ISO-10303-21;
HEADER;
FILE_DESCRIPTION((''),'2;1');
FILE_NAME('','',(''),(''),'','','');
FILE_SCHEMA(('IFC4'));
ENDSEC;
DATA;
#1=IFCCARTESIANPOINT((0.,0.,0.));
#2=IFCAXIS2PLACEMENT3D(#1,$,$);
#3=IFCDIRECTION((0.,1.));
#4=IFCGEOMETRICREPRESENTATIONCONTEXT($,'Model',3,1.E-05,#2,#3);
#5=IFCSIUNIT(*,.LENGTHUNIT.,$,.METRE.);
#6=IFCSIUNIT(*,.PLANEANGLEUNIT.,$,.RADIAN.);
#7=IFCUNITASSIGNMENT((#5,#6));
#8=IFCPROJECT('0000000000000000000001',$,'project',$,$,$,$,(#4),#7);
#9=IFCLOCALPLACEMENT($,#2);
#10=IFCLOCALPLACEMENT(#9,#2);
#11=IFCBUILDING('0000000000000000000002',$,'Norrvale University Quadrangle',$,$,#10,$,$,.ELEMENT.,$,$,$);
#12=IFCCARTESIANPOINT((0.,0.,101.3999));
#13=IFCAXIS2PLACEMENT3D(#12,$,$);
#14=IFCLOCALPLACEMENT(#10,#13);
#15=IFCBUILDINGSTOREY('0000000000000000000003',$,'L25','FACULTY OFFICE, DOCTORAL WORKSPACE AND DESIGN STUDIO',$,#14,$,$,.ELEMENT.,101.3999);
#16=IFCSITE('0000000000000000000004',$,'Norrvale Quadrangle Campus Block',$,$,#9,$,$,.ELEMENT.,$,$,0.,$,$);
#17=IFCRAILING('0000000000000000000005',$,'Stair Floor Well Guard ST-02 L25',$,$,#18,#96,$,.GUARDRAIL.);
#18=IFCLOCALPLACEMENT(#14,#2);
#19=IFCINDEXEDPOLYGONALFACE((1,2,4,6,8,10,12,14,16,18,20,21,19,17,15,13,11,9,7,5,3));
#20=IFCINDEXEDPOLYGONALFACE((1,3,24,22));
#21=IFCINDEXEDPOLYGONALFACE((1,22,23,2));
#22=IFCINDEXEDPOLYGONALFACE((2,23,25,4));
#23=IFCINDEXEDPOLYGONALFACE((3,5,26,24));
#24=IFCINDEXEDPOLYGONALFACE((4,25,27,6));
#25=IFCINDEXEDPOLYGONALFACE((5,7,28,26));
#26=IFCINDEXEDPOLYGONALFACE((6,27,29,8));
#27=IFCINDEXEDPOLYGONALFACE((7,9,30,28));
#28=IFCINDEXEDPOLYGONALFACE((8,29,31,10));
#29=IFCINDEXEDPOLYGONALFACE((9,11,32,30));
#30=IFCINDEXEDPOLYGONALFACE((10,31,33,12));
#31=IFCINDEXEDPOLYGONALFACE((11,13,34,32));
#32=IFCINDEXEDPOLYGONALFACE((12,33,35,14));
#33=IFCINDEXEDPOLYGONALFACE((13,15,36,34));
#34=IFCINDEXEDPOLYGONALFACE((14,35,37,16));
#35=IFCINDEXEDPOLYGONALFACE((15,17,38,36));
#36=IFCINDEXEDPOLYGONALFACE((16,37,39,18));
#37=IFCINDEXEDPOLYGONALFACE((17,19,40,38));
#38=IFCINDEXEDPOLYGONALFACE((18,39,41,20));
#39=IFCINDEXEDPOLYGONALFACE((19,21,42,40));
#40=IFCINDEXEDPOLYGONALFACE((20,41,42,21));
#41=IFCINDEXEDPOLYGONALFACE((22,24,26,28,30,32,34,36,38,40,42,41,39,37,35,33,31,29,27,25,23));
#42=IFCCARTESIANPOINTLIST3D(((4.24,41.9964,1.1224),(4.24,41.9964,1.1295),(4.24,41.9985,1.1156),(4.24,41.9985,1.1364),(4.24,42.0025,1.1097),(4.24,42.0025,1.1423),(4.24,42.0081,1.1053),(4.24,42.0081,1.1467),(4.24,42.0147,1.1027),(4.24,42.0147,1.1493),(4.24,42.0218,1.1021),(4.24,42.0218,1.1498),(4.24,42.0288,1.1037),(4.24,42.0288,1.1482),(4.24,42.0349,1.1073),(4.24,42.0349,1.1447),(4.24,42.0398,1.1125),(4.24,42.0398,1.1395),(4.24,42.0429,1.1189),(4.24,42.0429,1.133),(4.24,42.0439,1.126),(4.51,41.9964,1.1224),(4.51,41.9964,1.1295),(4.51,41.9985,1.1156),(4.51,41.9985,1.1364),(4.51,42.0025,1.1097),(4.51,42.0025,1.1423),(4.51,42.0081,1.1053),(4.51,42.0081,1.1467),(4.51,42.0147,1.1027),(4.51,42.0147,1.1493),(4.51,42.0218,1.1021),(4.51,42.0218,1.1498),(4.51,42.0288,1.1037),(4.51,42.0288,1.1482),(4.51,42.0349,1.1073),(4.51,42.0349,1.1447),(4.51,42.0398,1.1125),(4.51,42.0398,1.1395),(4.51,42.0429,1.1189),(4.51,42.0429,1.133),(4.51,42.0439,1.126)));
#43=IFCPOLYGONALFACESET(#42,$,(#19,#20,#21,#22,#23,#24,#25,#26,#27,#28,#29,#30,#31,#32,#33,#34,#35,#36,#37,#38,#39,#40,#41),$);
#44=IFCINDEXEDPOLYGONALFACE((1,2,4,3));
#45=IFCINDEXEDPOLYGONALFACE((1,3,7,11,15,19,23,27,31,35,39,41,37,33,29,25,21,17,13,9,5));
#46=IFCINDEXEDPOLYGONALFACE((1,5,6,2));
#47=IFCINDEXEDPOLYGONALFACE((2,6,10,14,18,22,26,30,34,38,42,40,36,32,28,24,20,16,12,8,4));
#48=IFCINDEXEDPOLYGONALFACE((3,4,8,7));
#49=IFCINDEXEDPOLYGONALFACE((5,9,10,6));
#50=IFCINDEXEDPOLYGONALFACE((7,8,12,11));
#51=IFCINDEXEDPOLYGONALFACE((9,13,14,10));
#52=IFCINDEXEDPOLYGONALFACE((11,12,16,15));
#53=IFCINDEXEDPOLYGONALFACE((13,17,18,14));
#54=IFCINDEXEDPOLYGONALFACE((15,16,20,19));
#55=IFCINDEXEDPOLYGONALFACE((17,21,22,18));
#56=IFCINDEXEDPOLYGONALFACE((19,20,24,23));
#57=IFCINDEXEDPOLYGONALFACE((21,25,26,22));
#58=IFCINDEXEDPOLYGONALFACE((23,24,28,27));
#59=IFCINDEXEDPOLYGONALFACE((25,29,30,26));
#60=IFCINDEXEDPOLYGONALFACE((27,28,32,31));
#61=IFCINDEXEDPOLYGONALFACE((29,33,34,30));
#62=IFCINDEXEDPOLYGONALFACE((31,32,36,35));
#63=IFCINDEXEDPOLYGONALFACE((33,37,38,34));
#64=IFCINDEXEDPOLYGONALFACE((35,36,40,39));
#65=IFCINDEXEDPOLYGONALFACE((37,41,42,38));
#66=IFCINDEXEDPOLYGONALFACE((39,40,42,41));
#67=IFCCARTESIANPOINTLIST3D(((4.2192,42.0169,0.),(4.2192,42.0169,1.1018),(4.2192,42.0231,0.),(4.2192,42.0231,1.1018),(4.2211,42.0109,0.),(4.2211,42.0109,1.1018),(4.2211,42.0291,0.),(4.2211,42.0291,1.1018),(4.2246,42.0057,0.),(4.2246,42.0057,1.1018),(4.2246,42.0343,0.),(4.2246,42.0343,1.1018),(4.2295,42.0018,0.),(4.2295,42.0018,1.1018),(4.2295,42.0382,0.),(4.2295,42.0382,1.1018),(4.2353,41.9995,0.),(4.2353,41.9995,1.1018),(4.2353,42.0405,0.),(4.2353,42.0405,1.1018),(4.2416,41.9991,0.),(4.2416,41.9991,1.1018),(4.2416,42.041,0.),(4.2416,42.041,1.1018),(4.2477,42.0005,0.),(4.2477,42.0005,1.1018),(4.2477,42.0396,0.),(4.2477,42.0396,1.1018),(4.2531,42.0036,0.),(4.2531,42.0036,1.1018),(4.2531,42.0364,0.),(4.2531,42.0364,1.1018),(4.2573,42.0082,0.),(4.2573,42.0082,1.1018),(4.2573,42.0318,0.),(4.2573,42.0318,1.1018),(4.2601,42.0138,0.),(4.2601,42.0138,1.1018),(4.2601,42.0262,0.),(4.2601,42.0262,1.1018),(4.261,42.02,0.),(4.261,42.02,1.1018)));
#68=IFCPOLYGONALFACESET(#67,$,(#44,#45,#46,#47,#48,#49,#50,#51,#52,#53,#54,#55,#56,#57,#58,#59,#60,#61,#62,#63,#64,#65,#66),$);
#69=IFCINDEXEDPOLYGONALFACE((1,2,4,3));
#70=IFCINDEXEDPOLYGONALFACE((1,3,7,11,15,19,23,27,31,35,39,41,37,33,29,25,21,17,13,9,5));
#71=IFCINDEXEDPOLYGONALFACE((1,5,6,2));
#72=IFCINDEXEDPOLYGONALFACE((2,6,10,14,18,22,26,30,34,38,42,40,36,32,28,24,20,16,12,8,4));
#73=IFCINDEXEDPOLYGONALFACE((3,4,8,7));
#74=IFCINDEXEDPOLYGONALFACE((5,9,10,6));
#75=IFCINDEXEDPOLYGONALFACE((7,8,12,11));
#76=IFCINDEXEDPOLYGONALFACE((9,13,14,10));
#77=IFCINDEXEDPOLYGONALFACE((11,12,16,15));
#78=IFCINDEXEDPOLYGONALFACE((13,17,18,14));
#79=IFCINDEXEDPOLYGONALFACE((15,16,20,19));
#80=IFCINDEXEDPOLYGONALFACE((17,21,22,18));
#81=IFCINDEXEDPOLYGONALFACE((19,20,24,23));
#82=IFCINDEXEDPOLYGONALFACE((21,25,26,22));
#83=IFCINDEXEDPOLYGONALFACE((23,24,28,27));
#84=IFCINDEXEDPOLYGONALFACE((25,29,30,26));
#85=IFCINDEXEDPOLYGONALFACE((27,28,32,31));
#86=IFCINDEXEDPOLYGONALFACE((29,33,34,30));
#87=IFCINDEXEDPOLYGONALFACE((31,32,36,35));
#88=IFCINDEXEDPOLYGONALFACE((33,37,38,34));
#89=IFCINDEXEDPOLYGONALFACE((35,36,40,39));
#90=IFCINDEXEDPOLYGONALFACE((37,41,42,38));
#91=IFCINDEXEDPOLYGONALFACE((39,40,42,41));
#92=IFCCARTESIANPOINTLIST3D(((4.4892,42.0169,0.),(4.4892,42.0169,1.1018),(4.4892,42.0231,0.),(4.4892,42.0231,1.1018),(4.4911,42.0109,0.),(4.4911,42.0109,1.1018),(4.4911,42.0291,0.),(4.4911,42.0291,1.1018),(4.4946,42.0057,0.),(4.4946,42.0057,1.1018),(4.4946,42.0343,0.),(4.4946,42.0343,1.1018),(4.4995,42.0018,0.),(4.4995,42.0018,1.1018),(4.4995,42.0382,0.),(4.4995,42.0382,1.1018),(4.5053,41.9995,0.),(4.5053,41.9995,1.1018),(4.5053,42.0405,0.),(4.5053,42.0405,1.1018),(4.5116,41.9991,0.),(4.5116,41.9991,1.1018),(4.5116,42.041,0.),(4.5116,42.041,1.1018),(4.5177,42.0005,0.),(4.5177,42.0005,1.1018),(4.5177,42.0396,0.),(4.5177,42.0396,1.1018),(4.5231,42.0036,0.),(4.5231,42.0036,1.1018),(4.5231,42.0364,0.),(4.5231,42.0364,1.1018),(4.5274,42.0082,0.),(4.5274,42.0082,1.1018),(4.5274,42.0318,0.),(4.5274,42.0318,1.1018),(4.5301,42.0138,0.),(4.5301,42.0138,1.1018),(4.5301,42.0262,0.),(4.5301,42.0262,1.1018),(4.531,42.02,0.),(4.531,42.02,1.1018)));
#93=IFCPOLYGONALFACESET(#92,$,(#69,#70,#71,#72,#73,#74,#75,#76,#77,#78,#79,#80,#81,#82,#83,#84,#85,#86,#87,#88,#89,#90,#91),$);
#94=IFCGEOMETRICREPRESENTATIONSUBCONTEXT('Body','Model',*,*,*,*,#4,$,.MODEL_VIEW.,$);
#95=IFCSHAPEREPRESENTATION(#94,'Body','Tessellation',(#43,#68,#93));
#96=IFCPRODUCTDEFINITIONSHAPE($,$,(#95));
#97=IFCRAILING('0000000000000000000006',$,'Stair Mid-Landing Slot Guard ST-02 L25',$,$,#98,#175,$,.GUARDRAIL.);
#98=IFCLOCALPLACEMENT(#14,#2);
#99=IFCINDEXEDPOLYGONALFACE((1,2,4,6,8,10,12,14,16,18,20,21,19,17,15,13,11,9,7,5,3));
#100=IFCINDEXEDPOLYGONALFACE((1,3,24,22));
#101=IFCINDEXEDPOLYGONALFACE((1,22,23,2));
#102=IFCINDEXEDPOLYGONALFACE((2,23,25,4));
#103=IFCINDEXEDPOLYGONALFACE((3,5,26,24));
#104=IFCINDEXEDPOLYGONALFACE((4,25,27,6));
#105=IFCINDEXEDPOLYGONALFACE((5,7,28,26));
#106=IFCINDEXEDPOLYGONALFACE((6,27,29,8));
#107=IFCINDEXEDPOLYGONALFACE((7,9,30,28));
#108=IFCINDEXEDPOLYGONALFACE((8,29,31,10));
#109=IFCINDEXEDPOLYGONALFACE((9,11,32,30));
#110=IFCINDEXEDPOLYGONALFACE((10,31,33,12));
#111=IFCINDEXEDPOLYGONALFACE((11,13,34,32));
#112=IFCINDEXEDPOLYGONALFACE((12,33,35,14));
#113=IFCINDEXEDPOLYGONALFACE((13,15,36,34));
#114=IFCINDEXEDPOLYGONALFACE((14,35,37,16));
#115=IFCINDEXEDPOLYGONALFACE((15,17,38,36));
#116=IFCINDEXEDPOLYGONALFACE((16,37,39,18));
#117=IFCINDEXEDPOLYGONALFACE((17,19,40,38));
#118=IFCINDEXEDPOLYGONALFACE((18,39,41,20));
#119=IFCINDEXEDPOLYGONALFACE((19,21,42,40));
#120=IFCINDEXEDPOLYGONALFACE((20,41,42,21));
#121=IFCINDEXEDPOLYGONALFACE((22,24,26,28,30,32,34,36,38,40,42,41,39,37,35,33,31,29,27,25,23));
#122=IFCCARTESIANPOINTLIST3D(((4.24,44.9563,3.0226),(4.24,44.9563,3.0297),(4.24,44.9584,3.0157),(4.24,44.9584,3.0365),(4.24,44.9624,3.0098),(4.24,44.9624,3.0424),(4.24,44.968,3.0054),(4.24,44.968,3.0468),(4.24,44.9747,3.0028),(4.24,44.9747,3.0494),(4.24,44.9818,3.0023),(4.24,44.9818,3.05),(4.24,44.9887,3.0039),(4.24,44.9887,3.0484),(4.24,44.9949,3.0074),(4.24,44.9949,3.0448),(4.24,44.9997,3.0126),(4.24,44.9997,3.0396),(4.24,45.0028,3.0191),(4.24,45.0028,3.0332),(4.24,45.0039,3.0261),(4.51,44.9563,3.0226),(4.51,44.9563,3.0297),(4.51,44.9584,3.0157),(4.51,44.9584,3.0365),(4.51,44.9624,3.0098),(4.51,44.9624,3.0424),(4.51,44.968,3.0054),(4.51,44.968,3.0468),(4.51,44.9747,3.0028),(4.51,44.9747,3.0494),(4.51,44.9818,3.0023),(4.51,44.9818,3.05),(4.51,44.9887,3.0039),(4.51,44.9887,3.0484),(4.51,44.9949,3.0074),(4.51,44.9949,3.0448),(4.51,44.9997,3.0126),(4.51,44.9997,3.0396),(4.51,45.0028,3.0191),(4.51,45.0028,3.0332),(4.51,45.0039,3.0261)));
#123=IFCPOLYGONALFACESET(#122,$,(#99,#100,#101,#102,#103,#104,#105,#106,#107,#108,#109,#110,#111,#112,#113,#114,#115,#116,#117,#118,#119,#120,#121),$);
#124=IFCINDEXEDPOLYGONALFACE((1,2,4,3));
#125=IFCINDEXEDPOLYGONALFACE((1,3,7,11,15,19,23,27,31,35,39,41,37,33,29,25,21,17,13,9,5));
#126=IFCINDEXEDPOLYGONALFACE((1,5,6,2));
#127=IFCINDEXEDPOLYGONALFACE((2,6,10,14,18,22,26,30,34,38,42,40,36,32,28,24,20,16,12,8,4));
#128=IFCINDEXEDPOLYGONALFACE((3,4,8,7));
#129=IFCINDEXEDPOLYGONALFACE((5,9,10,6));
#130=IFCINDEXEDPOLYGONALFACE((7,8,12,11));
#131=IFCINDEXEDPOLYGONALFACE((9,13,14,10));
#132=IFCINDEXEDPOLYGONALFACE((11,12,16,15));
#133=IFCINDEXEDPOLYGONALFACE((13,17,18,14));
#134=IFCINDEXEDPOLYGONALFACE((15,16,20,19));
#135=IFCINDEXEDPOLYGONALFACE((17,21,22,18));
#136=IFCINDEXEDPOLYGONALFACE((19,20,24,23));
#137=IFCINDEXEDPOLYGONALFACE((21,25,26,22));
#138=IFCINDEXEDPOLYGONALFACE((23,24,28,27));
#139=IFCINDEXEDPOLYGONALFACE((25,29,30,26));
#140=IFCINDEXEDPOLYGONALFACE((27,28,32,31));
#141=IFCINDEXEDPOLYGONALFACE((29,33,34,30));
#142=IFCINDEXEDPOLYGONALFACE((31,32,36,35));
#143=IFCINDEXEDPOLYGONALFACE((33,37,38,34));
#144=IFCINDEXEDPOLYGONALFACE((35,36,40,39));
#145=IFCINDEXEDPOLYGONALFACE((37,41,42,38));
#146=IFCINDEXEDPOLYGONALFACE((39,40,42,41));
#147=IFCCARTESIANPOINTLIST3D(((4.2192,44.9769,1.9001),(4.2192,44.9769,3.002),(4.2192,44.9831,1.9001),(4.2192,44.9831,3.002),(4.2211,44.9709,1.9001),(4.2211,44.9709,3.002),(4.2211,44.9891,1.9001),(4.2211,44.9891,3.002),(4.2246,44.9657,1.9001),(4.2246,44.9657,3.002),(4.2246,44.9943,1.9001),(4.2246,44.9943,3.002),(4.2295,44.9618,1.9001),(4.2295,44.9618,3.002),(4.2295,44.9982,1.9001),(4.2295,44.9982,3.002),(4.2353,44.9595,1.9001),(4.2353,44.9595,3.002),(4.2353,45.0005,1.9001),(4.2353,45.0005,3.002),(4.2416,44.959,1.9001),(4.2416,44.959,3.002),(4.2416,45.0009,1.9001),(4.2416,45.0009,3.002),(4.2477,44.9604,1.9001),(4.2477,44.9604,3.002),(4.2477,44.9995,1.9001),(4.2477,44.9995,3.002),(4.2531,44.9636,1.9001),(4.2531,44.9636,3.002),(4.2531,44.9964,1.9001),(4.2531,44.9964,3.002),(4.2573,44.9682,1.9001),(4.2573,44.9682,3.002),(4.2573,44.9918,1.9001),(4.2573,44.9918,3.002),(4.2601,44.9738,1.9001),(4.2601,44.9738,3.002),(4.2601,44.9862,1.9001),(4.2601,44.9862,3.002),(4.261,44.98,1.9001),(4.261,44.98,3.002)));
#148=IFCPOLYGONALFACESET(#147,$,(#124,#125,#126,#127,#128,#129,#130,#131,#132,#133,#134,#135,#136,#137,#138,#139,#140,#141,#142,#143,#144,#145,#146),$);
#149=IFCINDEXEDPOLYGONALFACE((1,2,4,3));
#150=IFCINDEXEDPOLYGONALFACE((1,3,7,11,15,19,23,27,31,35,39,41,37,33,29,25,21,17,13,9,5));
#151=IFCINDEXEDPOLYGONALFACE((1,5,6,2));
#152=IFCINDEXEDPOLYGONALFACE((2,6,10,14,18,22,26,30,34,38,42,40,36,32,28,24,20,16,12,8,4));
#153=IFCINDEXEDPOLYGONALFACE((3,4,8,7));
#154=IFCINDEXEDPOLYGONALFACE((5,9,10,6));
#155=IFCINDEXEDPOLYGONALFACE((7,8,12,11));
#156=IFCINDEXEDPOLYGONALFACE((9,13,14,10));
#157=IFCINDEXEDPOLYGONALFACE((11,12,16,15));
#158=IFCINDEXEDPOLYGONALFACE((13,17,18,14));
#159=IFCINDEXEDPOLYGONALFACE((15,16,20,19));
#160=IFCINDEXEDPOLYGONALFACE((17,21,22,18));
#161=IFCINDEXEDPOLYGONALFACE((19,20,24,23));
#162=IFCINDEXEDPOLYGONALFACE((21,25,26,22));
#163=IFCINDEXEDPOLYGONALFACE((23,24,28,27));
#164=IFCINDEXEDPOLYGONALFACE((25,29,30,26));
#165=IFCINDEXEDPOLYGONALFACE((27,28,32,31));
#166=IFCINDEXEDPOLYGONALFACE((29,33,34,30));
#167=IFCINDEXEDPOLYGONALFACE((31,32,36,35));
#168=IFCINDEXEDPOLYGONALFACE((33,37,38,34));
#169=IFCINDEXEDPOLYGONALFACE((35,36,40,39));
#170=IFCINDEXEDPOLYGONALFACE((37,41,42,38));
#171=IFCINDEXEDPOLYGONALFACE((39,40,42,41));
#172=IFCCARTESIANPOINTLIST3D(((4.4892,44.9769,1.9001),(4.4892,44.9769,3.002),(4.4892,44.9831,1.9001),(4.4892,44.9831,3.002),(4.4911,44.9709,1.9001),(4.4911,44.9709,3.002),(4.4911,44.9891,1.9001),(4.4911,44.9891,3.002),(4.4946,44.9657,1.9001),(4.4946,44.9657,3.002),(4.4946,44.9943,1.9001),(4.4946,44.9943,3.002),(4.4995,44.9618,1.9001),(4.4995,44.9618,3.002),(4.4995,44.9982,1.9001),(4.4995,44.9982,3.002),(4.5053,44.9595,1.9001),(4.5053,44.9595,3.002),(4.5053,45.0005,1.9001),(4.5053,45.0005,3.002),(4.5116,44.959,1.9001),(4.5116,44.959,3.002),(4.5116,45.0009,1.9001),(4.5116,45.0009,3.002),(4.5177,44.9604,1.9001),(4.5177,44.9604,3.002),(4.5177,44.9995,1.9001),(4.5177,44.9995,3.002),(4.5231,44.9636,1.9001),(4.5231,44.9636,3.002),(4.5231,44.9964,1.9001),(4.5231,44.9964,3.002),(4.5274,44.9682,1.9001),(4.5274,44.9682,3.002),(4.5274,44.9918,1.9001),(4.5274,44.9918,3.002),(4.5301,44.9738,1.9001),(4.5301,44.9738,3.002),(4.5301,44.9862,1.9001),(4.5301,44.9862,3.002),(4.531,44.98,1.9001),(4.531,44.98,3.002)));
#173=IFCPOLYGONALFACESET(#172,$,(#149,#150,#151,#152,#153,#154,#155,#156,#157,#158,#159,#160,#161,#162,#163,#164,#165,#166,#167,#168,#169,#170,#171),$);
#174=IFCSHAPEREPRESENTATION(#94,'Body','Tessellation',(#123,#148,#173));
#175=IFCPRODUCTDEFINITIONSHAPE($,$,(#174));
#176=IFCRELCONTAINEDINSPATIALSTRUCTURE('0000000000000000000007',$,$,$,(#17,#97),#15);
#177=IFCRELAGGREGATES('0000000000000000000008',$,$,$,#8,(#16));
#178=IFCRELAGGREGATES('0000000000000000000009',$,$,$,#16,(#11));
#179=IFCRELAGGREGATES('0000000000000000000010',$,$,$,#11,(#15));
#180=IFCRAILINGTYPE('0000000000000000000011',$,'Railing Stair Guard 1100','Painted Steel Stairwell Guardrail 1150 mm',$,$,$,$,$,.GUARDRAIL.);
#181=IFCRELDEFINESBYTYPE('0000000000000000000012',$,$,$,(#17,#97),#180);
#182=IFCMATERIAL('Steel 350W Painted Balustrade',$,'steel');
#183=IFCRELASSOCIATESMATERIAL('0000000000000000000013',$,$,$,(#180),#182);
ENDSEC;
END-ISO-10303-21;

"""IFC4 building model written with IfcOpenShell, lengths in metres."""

from ifc_helpers import new_model, si_unit, direction, frame, origin, origin_2d, place, context, subcontext, project, spatial, circle, extrude, material, type_object, element, save


model = new_model("IFC4")

# Units and contexts
model_context = context("Model", 3, precision=1e-05, world=origin(), true_north=direction((0.0, 1.0)))
body_context = subcontext(model_context, "Body", "Model", "MODEL_VIEW")
ifc_project = project(units=[si_unit("LENGTHUNIT", "METRE"), si_unit("PLANEANGLEUNIT", "RADIAN")], contexts=[model_context])

# Site, building, storey
site_placement = place(None, origin())
site = spatial("IfcSite", under=ifc_project, at=site_placement, Name="Norrvale Quadrangle Campus Block", CompositionType="ELEMENT", RefElevation=0.0)
building_placement = place(site_placement, origin())
building = spatial("IfcBuilding", under=site, at=building_placement, Name="Norrvale University Quadrangle", CompositionType="ELEMENT")
storey_placement = place(building_placement, frame((0.0, 0.0, 101.3999)))
storey = spatial("IfcBuildingStorey", under=building, at=storey_placement, Name="L25", Description="FACULTY OFFICE, DOCTORAL WORKSPACE AND DESIGN STUDIO", CompositionType="ELEMENT", Elevation=101.3999)

# Railings
ifc_material_1 = material(Name="Steel 350W Painted Balustrade", Category="steel")
railing_type_1 = type_object("IfcRailingType", Name="Railing Stair Guard 1100", Description="Painted Steel Stairwell Guardrail 1150 mm", PredefinedType="GUARDRAIL", material=ifc_material_1)
for number, where, name in (
    (1, (4.24, 42.02, 0.0), "Stair Floor Well Guard ST-02 L25"),
    (2, (4.24, 44.98, 1.9001), "Stair Mid-Landing Slot Guard ST-02 L25"),
):
    element("IfcRailing", number, at=place(storey_placement, frame(where)), inside=storey, type_object=railing_type_1, Name=name, PredefinedType="GUARDRAIL", context=body_context, shape_type="SweptSolid", body=[
        extrude(circle(Radius=0.0239, at=origin_2d()), frame((0.0, 0.0, 1.126), z_axis=(1.0, 0.0, 0.0), x_axis=(0.0, 1.0, 0.0)), (0.0, 0.0, 1.0), 0.27),
        extrude(circle(Radius=0.021, at=origin_2d()), origin(), (0.0, 0.0, 1.0), 1.1018),
        extrude(circle(Radius=0.021, at=origin_2d()), frame((0.27, 0.0, 0.0)), (0.0, 0.0, 1.0), 1.1018),
    ])

save(model, "model.ifc")
